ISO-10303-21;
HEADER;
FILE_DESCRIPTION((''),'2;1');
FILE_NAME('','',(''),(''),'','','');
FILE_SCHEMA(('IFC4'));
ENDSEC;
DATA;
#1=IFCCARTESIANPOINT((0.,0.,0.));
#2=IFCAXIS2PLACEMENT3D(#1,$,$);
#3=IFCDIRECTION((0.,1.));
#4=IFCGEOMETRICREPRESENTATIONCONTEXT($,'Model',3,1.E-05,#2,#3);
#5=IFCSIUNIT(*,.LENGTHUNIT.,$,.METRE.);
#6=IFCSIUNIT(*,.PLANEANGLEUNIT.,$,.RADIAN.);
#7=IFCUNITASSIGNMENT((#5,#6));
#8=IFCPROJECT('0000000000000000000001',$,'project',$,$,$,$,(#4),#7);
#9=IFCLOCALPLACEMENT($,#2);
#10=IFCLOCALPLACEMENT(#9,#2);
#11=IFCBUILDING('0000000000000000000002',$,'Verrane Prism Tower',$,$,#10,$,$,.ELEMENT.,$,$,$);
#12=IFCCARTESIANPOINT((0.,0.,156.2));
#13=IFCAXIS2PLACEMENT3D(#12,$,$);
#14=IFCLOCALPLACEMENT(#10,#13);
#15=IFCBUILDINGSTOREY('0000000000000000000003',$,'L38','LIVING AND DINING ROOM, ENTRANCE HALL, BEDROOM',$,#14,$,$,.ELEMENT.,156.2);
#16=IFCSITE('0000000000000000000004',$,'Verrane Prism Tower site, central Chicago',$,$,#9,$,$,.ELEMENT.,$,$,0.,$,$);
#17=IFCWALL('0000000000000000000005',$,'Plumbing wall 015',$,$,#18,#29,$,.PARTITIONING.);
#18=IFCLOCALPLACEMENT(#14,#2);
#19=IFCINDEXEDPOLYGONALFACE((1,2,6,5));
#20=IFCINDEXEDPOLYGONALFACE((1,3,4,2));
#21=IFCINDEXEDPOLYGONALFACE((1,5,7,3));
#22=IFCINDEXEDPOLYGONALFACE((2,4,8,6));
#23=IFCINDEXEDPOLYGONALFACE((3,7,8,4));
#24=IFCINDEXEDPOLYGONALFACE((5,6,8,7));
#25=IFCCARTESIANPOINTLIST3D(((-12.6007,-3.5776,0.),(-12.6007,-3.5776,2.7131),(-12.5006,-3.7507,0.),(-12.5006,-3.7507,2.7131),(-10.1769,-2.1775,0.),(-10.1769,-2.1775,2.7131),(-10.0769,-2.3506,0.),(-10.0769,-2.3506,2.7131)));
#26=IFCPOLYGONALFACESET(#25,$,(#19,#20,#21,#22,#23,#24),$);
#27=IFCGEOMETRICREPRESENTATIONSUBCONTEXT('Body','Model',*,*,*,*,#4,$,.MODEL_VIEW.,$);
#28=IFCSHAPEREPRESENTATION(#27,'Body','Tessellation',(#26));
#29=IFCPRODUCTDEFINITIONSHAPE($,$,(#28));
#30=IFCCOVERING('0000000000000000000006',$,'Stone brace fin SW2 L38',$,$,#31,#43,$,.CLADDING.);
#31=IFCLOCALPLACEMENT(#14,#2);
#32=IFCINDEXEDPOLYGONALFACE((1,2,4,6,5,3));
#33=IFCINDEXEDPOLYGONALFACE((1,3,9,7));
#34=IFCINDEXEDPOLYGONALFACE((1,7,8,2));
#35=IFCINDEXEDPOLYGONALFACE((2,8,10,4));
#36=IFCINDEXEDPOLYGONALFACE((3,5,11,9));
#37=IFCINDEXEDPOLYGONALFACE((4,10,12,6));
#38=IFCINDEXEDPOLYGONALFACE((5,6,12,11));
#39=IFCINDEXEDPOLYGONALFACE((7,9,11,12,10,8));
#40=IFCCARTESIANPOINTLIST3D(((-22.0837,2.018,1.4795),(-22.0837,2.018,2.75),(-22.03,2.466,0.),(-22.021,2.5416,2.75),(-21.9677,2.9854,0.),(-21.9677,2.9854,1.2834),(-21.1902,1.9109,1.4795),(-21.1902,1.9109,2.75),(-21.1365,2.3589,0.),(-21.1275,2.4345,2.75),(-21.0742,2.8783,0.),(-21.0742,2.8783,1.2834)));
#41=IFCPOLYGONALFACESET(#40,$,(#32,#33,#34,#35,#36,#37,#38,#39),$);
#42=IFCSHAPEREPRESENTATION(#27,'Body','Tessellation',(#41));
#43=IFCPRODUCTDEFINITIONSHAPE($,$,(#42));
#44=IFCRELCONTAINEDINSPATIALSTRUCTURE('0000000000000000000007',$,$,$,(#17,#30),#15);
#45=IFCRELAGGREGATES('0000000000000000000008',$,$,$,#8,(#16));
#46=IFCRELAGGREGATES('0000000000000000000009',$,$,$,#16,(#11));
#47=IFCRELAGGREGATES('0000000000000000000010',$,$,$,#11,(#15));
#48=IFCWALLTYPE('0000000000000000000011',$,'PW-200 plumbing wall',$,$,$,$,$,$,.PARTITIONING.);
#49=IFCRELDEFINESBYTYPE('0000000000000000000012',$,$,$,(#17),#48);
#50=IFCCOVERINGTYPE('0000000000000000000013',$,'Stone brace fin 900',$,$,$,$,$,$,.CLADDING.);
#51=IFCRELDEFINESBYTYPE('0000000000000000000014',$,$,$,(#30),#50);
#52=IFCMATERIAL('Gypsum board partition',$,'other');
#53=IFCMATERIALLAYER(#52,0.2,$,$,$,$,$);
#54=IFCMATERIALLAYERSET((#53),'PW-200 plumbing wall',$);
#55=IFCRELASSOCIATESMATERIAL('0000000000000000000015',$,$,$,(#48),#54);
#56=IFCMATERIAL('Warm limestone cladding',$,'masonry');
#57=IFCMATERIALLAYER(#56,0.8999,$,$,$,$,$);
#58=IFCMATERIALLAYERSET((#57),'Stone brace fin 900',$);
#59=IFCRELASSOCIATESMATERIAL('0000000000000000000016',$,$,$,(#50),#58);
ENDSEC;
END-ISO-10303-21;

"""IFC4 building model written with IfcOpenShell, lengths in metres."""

from ifc_helpers import new_model, si_unit, direction, frame, frame_2d, origin, place, context, subcontext, project, spatial, polyline, rectangle, outline, extrude, material, layer, layer_set, type_object, element, save


model = new_model("IFC4")

# Units and contexts
model_context = context("Model", 3, precision=1e-05, world=origin(), true_north=direction((0.0, 1.0)))
body_context = subcontext(model_context, "Body", "Model", "MODEL_VIEW")
ifc_project = project(units=[si_unit("LENGTHUNIT", "METRE"), si_unit("PLANEANGLEUNIT", "RADIAN")], contexts=[model_context])

# Site, building, storey
site_placement = place(None, origin())
site = spatial("IfcSite", under=ifc_project, at=site_placement, Name="Verrane Prism Tower site, central Chicago", CompositionType="ELEMENT", RefElevation=0.0)
building_placement = place(site_placement, origin())
building = spatial("IfcBuilding", under=site, at=building_placement, Name="Verrane Prism Tower", CompositionType="ELEMENT")
storey_placement = place(building_placement, frame((0.0, 0.0, 156.2)))
storey = spatial("IfcBuildingStorey", under=building, at=storey_placement, Name="L38", Description="LIVING AND DINING ROOM, ENTRANCE HALL, BEDROOM", CompositionType="ELEMENT", Elevation=156.2)

# Shared definitions
ifc_material_1 = material(Name="Gypsum board partition", Category="other")
ifc_layer_1 = layer(ifc_material_1, 0.2)
ifc_layer_set_1 = layer_set([ifc_layer_1], Name="PW-200 plumbing wall")
wall_type_1 = type_object("IfcWallType", Name="PW-200 plumbing wall", PredefinedType="PARTITIONING", material=ifc_layer_set_1)

# Wall
wall_1_placement = place(storey_placement, frame((-12.5505, -3.6641, 0.0), z_axis=(0.0, 0.0, 1.0), x_axis=(0.86591, 0.500201, 0.0)))
element("IfcWall", 1, at=wall_1_placement, inside=storey, type_object=wall_type_1, Name="Plumbing wall 015", PredefinedType="PARTITIONING", context=body_context, shape_type="SweptSolid", body=[
    extrude(rectangle(XDim=2.7991, YDim=0.2, at=frame_2d((1.3994, 0.0))), origin(), (0.0, 0.0, 1.0), 2.7131),
])

# Covering
ifc_material_2 = material(Name="Warm limestone cladding", Category="masonry")
ifc_layer_2 = layer(ifc_material_2, 0.8999)
ifc_layer_set_2 = layer_set([ifc_layer_2], Name="Stone brace fin 900")
covering_type = type_object("IfcCoveringType", Name="Stone brace fin 900", PredefinedType="CLADDING", material=ifc_layer_set_2)
covering_placement = place(storey_placement, frame((-21.521, 2.9319, 0.0), z_axis=(0.0, 0.0, 1.0), x_axis=(-0.119037, -0.99289, 0.0)))
element("IfcCovering", 2, at=covering_placement, inside=storey, type_object=covering_type, Name="Stone brace fin SW2 L38", PredefinedType="CLADDING", context=body_context, shape_type="SweptSolid", body=[
    extrude(outline(polyline([(0.9744, 2.75), (0.447, 2.75), (0.0, 1.2834), (0.0, 0.0), (0.5232, 0.0), (0.9744, 1.4795), (0.9744, 2.75)])), frame((0.0, 0.45, 0.0), z_axis=(0.0, -1.0, 0.0), x_axis=(1.0, 0.0, 0.0)), (0.0, 0.0, 1.0), 0.8999),
])

save(model, "model.ifc")
